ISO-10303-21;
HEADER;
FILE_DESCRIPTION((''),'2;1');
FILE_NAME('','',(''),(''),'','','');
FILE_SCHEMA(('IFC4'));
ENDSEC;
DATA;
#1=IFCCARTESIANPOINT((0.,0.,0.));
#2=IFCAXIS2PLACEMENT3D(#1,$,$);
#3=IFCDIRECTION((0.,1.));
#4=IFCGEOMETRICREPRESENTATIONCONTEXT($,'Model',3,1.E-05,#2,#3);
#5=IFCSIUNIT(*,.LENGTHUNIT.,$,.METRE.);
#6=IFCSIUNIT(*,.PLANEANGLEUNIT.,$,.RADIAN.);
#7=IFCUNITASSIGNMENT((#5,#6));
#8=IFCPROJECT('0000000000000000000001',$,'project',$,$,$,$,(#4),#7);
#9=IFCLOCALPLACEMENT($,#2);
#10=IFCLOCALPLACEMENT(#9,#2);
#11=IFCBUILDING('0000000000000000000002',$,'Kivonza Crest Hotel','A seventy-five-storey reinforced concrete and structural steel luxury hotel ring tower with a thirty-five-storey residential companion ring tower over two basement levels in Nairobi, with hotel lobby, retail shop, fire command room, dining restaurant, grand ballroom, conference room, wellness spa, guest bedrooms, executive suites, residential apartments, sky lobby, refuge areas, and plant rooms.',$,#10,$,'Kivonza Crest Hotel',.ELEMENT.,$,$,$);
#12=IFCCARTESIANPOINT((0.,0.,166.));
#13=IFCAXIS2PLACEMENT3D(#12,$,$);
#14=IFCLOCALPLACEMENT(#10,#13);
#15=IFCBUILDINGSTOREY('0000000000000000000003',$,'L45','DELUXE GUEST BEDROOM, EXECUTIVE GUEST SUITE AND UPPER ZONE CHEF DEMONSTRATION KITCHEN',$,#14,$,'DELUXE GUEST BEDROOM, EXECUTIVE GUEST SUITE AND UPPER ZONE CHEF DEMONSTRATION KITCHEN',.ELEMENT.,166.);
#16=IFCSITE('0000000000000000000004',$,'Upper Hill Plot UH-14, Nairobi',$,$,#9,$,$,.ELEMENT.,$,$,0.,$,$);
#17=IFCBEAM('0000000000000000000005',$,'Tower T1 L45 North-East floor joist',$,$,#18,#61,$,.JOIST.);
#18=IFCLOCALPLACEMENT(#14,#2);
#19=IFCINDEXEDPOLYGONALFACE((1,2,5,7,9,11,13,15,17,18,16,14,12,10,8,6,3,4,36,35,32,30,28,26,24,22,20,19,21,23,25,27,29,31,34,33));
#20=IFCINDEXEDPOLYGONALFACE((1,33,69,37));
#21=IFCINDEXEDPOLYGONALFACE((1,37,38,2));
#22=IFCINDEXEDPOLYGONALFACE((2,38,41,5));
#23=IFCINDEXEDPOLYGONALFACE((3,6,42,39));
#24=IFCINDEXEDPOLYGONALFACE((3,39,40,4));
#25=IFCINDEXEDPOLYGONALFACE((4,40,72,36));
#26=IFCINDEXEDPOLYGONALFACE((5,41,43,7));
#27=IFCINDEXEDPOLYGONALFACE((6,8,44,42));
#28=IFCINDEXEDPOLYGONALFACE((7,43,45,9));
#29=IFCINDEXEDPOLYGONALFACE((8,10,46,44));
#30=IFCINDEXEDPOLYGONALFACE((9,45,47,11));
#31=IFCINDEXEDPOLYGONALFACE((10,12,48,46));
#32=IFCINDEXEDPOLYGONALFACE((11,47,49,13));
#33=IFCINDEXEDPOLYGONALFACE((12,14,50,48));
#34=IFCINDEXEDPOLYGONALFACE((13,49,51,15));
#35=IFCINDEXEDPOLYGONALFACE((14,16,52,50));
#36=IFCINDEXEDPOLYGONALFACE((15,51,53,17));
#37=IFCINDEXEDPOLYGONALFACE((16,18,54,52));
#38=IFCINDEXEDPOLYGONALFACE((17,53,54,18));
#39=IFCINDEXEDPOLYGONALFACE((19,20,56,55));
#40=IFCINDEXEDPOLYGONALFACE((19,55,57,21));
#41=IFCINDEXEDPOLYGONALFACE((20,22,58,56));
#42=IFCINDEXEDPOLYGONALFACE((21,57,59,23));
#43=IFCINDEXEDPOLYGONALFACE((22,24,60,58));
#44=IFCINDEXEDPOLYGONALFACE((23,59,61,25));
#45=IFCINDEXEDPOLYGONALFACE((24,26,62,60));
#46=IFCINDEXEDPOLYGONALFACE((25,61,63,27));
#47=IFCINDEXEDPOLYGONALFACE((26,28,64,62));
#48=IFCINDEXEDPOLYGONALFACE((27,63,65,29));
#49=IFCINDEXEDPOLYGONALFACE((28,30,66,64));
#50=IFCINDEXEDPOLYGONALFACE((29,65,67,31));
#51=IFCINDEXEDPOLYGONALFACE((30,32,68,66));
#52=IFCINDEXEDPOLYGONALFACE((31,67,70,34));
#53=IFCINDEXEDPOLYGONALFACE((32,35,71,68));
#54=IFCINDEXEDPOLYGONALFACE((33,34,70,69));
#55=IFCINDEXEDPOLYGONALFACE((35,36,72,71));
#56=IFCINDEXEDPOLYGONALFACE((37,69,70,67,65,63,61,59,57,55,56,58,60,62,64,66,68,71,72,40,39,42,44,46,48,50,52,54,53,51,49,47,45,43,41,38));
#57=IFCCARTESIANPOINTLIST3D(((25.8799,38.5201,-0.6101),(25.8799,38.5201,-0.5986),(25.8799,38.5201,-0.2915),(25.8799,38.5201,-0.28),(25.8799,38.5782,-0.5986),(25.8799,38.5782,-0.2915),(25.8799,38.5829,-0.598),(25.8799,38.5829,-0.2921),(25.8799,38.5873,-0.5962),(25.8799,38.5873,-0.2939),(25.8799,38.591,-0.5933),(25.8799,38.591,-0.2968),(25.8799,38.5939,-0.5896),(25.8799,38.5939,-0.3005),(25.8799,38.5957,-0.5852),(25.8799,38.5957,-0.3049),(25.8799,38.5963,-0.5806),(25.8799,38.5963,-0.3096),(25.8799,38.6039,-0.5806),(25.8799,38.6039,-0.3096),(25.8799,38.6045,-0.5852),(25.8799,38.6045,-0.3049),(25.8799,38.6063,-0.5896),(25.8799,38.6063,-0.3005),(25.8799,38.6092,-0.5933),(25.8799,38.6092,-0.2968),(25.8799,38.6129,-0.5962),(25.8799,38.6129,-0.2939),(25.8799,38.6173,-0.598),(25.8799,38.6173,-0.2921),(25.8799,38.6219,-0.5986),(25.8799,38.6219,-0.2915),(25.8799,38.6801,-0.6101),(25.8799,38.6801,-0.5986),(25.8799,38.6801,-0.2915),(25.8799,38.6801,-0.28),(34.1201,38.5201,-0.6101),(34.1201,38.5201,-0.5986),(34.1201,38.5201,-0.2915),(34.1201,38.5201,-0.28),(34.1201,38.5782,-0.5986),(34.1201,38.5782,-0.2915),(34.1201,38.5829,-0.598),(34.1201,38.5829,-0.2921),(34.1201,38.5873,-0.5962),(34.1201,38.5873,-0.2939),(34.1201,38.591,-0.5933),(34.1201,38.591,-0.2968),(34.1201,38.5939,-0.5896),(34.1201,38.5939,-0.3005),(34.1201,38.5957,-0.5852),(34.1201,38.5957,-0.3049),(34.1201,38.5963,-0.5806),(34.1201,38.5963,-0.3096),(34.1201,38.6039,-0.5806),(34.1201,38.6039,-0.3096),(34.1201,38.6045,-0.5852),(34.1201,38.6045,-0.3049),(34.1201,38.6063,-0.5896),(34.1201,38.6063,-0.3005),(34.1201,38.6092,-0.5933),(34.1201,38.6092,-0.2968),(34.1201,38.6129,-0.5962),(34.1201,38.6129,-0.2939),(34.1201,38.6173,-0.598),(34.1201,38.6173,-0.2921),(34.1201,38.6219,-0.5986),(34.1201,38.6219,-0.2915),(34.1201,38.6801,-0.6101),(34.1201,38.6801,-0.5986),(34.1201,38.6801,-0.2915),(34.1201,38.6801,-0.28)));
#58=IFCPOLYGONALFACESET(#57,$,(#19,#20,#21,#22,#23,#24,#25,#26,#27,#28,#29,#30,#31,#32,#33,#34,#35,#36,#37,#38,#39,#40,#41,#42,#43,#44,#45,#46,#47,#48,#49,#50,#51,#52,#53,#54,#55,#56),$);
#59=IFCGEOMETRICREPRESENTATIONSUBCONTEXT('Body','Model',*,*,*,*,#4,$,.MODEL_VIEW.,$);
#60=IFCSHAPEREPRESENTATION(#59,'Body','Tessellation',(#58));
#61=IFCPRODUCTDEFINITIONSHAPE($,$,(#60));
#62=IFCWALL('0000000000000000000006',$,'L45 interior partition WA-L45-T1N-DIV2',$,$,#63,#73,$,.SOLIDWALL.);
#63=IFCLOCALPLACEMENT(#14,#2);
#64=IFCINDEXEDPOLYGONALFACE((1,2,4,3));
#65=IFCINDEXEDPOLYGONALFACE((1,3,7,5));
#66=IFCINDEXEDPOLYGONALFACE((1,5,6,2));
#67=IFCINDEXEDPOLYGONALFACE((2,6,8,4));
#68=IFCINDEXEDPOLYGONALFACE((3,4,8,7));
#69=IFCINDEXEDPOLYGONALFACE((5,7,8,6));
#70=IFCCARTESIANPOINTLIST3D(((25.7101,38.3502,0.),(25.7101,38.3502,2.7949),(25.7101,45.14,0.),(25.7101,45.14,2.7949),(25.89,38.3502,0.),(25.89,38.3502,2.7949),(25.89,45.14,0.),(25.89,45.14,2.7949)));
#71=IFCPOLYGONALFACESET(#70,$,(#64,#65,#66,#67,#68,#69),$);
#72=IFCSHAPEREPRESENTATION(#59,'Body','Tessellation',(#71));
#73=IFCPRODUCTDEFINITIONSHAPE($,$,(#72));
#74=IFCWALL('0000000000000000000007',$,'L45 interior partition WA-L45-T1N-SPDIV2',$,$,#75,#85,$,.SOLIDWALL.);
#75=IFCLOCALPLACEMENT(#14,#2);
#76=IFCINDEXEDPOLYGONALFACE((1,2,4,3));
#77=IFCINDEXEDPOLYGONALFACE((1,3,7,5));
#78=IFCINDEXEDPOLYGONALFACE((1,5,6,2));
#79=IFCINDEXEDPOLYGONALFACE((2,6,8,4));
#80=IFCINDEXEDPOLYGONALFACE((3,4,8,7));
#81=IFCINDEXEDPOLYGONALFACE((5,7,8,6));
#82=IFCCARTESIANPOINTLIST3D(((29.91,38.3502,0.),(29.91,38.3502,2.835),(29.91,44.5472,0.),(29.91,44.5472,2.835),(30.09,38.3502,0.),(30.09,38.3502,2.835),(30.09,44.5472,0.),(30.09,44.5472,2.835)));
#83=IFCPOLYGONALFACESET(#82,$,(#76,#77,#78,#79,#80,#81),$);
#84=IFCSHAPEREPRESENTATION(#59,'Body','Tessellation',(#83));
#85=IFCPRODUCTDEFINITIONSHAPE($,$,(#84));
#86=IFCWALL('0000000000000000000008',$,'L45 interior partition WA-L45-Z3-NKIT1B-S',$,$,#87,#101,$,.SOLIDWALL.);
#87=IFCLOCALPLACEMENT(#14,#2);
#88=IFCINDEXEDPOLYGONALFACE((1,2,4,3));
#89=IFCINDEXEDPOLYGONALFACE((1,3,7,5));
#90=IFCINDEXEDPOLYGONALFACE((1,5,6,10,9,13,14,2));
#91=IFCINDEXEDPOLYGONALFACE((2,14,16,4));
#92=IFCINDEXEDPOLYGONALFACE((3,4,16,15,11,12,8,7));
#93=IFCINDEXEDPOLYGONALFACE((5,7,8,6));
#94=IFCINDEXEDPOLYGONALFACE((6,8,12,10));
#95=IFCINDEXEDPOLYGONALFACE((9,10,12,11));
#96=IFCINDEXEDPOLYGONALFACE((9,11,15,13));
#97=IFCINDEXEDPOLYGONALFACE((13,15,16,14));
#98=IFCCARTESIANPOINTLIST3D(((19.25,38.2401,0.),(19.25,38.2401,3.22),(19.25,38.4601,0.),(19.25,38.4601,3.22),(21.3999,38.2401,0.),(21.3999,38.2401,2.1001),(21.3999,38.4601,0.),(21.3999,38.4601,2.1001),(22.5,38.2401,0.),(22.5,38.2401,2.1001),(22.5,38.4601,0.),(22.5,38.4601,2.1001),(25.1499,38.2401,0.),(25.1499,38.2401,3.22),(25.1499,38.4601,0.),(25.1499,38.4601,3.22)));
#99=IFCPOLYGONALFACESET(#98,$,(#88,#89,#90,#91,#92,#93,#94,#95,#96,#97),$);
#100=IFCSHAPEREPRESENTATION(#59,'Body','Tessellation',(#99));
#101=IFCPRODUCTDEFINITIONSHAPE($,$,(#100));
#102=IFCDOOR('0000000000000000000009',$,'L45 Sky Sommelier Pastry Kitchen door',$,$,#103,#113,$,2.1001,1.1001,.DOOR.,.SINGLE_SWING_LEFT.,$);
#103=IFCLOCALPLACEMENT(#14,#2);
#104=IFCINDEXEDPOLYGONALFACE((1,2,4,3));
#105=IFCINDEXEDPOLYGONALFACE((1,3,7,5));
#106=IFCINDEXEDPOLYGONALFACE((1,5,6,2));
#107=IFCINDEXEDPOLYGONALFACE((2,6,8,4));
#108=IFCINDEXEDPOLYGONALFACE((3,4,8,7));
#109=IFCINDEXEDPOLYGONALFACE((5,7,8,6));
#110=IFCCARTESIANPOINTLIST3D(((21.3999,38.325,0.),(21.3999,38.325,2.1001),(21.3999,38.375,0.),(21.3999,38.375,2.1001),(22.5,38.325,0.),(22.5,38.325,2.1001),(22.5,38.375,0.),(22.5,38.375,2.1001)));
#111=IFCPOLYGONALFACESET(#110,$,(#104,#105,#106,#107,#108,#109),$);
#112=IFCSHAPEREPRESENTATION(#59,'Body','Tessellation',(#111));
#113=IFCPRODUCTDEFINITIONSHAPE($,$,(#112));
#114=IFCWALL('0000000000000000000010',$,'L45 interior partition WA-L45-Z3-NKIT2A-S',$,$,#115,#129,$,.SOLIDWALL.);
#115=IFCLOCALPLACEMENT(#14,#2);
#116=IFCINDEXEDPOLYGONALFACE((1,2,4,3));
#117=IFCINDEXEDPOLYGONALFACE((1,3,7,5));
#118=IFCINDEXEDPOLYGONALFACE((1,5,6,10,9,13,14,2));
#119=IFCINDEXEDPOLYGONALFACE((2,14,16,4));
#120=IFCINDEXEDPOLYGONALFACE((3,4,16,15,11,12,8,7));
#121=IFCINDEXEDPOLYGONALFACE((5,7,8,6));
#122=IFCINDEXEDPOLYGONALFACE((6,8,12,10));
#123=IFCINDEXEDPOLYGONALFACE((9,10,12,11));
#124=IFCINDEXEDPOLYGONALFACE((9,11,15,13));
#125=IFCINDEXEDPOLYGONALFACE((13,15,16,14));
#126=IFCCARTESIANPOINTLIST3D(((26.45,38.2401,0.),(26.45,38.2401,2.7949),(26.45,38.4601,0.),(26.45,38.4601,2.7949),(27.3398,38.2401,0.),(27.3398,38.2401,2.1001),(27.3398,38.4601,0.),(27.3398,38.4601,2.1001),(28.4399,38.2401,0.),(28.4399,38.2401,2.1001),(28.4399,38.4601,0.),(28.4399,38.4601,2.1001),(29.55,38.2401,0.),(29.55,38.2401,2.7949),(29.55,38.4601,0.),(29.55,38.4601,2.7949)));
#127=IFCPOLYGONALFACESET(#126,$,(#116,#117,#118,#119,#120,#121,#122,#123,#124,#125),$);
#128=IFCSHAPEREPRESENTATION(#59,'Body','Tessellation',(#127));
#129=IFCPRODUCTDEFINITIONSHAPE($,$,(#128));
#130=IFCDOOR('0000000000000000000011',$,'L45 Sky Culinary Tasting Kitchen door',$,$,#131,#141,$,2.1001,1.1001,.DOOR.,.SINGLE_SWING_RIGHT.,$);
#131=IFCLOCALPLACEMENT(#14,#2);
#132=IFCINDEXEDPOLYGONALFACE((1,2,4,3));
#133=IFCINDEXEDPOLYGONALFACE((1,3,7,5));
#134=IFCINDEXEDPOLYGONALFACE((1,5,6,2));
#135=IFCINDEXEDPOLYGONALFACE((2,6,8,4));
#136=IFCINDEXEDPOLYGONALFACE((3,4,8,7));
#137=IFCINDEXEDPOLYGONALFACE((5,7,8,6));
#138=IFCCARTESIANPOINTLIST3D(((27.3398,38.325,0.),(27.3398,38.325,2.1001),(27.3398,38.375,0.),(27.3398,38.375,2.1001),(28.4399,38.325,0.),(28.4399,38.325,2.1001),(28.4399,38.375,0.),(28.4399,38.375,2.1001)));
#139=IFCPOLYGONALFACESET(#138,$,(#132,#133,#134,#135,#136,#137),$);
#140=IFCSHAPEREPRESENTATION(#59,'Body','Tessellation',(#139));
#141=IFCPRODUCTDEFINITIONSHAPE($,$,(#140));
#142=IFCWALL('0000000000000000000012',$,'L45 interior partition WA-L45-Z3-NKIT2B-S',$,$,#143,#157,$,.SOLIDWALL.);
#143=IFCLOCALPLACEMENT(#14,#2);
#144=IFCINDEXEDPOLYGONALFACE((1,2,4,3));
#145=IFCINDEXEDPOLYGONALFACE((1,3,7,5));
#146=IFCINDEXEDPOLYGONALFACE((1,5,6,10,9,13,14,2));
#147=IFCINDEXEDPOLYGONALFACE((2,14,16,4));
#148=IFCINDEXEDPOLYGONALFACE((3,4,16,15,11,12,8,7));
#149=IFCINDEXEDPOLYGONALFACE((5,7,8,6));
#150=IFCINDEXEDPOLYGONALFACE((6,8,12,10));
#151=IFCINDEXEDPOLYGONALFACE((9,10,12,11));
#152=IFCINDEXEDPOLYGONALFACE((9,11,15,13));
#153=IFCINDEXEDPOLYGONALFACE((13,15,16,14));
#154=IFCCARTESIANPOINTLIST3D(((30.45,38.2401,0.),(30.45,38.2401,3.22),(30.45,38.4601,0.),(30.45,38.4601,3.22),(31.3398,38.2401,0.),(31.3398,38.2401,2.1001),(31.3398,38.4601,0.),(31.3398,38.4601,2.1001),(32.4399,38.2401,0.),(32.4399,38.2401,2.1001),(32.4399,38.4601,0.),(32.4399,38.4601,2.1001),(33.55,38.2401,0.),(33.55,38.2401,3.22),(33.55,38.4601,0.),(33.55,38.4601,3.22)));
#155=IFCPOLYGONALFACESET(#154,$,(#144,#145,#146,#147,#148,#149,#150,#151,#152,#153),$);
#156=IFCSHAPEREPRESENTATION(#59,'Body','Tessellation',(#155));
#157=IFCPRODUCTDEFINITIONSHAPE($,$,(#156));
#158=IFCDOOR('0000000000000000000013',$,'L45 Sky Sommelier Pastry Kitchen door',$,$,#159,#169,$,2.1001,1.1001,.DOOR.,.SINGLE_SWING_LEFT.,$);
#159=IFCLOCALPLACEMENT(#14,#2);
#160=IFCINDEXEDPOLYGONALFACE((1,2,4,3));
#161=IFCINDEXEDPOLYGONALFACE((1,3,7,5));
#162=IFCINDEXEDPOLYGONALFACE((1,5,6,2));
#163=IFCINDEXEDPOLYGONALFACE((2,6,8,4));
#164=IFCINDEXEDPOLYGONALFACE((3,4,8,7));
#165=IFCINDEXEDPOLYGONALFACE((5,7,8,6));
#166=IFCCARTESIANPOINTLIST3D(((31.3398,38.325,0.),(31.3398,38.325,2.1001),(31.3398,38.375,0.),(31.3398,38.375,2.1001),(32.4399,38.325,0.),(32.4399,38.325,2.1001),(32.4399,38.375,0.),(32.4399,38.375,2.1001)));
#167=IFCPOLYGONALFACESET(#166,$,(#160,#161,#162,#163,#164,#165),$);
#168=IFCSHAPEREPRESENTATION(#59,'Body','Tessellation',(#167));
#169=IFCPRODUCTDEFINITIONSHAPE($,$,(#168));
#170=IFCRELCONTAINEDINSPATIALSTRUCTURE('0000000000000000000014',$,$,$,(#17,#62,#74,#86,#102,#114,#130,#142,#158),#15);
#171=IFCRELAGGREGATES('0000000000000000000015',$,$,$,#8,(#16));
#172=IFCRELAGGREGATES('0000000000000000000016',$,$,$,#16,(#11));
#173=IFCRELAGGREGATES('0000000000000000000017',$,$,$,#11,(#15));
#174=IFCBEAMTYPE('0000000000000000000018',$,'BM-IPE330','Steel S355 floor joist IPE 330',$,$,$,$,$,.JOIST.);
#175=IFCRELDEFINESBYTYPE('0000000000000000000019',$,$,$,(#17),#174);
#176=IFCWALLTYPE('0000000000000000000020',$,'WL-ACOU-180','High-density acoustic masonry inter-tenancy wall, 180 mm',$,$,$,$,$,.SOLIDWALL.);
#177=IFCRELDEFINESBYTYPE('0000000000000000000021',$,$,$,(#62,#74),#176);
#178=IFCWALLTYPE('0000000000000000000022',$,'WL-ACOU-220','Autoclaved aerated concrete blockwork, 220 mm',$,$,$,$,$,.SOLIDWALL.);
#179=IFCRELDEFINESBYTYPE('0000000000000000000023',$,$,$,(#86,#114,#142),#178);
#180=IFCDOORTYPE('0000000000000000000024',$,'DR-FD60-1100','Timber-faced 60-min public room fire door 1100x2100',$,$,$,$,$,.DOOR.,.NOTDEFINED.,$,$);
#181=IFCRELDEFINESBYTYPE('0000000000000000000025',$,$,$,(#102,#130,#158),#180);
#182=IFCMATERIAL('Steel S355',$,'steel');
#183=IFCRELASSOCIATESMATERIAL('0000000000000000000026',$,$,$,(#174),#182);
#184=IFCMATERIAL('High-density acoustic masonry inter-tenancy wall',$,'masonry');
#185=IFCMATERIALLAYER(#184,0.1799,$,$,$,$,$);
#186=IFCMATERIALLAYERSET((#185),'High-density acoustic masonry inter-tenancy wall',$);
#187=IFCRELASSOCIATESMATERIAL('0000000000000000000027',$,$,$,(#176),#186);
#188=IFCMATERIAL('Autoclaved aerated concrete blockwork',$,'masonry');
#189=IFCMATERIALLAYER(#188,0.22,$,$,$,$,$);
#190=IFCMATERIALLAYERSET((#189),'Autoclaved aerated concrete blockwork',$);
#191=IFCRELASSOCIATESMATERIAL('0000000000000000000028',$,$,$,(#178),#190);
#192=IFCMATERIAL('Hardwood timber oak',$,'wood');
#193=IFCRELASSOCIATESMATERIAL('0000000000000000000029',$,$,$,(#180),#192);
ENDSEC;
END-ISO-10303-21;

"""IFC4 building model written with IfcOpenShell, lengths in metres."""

from ifc_helpers import new_model, si_unit, direction, frame, frame_2d, origin, origin_2d, place, context, subcontext, project, spatial, rectangle, i_section, extrude, material, layer, layer_set, material_profile, profile_set, type_object, element, fill, save


model = new_model("IFC4")

# Units and contexts
model_context = context("Model", 3, precision=1e-05, world=origin(), true_north=direction((0.0, 1.0)))
body_context = subcontext(model_context, "Body", "Model", "MODEL_VIEW")
ifc_project = project(units=[si_unit("LENGTHUNIT", "METRE"), si_unit("PLANEANGLEUNIT", "RADIAN")], contexts=[model_context])

# Site, building, storey
site_placement = place(None, origin())
site = spatial("IfcSite", under=ifc_project, at=site_placement, Name="Upper Hill Plot UH-14, Nairobi", CompositionType="ELEMENT", RefElevation=0.0)
building_placement = place(site_placement, origin())
building = spatial("IfcBuilding", under=site, at=building_placement, Name="Kivonza Crest Hotel", Description="A seventy-five-storey reinforced concrete and structural steel luxury hotel ring tower with a thirty-five-storey residential companion ring tower over two basement levels in Nairobi, with hotel lobby, retail shop, fire command room, dining restaurant, grand ballroom, conference room, wellness spa, guest bedrooms, executive suites, residential apartments, sky lobby, refuge areas, and plant rooms.", LongName="Kivonza Crest Hotel", CompositionType="ELEMENT")
storey_placement = place(building_placement, frame((0.0, 0.0, 166.0)))
storey = spatial("IfcBuildingStorey", under=building, at=storey_placement, Name="L45", Description="DELUXE GUEST BEDROOM, EXECUTIVE GUEST SUITE AND UPPER ZONE CHEF DEMONSTRATION KITCHEN", LongName="DELUXE GUEST BEDROOM, EXECUTIVE GUEST SUITE AND UPPER ZONE CHEF DEMONSTRATION KITCHEN", CompositionType="ELEMENT", Elevation=166.0)

# Beam
ifc_material_1 = material(Name="Steel S355", Category="steel")
ifc_material_profile_1 = material_profile(ifc_material_1, i_section(OverallWidth=0.1599, OverallDepth=0.3301, WebThickness=0.0076, FlangeThickness=0.0115, FilletRadius=0.0181, at=origin_2d()), Name="IPE 330")
ifc_profile_set_1 = profile_set([ifc_material_profile_1], Name="Steel S355")
beam_type_1 = type_object("IfcBeamType", Name="BM-IPE330", Description="Steel S355 floor joist IPE 330", PredefinedType="JOIST", material=ifc_profile_set_1)
beam_1_placement = place(storey_placement, frame((25.8799, 38.6001, -0.4451), z_axis=(1.0, 0.0, 0.0), x_axis=(0.0, 1.0, 0.0)))
element("IfcBeam", 1, at=beam_1_placement, inside=storey, type_object=beam_type_1, Name="Tower T1 L45 North-East floor joist", PredefinedType="JOIST", context=body_context, shape_type="SweptSolid", body=[
    extrude(i_section(OverallWidth=0.1599, OverallDepth=0.3301, WebThickness=0.0076, FlangeThickness=0.0115, FilletRadius=0.0181, at=origin_2d()), origin(), (0.0, 0.0, 1.0), 8.2402),
])

# Walls
ifc_material_2 = material(Name="High-density acoustic masonry inter-tenancy wall", Category="masonry")
ifc_layer_1 = layer(ifc_material_2, 0.1799)
ifc_layer_set_1 = layer_set([ifc_layer_1], Name="High-density acoustic masonry inter-tenancy wall")
wall_type_1 = type_object("IfcWallType", Name="WL-ACOU-180", Description="High-density acoustic masonry inter-tenancy wall, 180 mm", PredefinedType="SOLIDWALL", material=ifc_layer_set_1)
wall_1_placement = place(storey_placement, frame((25.8, 38.3501, 0.0), z_axis=(0.0, 0.0, 1.0), x_axis=(0.0, 1.0, 0.0)))
element("IfcWall", 2, at=wall_1_placement, inside=storey, type_object=wall_type_1, Name="L45 interior partition WA-L45-T1N-DIV2", PredefinedType="SOLIDWALL", context=body_context, shape_type="SweptSolid", body=[
    extrude(rectangle(XDim=6.7898, YDim=0.1799, at=frame_2d((3.395, 0.0))), origin(), (0.0, 0.0, 1.0), 2.7949),
])
wall_2_placement = place(storey_placement, frame((30.0, 38.3501, 0.0), z_axis=(0.0, 0.0, 1.0), x_axis=(0.0, 1.0, 0.0)))
element("IfcWall", 3, at=wall_2_placement, inside=storey, type_object=wall_type_1, Name="L45 interior partition WA-L45-T1N-SPDIV2", PredefinedType="SOLIDWALL", context=body_context, shape_type="SweptSolid", body=[
    extrude(rectangle(XDim=6.197, YDim=0.1799, at=frame_2d((3.0986, 0.0))), origin(), (0.0, 0.0, 1.0), 2.835),
])

# Walls, openings, doors
ifc_material_3 = material(Name="Autoclaved aerated concrete blockwork", Category="masonry")
ifc_layer_2 = layer(ifc_material_3, 0.22)
ifc_layer_set_2 = layer_set([ifc_layer_2], Name="Autoclaved aerated concrete blockwork")
wall_type_2 = type_object("IfcWallType", Name="WL-ACOU-220", Description="Autoclaved aerated concrete blockwork, 220 mm", PredefinedType="SOLIDWALL", material=ifc_layer_set_2)
wall_3_placement = place(storey_placement, frame((19.25, 38.3501, 0.0), z_axis=(0.0, 0.0, 1.0), x_axis=(1.0, 0.0, 0.0)))
wall_3 = element("IfcWall", 4, at=wall_3_placement, inside=storey, type_object=wall_type_2, Name="L45 interior partition WA-L45-Z3-NKIT1B-S", PredefinedType="SOLIDWALL", context=body_context, shape_type="SweptSolid", body=[
    extrude(rectangle(XDim=5.8999, YDim=0.22, at=frame_2d((2.95, 0.0))), origin(), (0.0, 0.0, 1.0), 3.22),
])
opening_1_placement = place(wall_3_placement, frame((2.1499, 0.0, 0.0)))
opening_1 = element("IfcOpeningElement", 5, at=opening_1_placement, cuts=wall_3, PredefinedType="OPENING", context=body_context, shape_type="SweptSolid", body=[
    extrude(rectangle(XDim=1.1001, YDim=2.1001, at=frame_2d((0.55, 1.05))), frame((0.0, 0.1201, 0.0), z_axis=(0.0, -1.0, 0.0), x_axis=(1.0, 0.0, 0.0)), (0.0, 0.0, 1.0), 0.24),
])
ifc_material_4 = material(Name="Hardwood timber oak", Category="wood")
door_type_1 = type_object("IfcDoorType", Name="DR-FD60-1100", Description="Timber-faced 60-min public room fire door 1100x2100", OperationType="NOTDEFINED", PredefinedType="DOOR", material=ifc_material_4)
door_1_placement = place(opening_1_placement, origin())
door_1 = element("IfcDoor", 6, at=door_1_placement, inside=storey, type_object=door_type_1, Name="L45 Sky Sommelier Pastry Kitchen door", OperationType="SINGLE_SWING_LEFT", OverallHeight=2.1001, OverallWidth=1.1001, PredefinedType="DOOR", context=body_context, shape_type="SweptSolid", body=[
    extrude(rectangle(XDim=1.1001, YDim=2.1001, at=frame_2d((0.55, 1.05))), frame((0.0, 0.0249, 0.0), z_axis=(0.0, -1.0, 0.0), x_axis=(1.0, 0.0, 0.0)), (0.0, 0.0, 1.0), 0.05),
])
fill(opening_1, door_1)
wall_4_placement = place(storey_placement, frame((26.45, 38.3501, 0.0), z_axis=(0.0, 0.0, 1.0), x_axis=(1.0, 0.0, 0.0)))
wall_4 = element("IfcWall", 7, at=wall_4_placement, inside=storey, type_object=wall_type_2, Name="L45 interior partition WA-L45-Z3-NKIT2A-S", PredefinedType="SOLIDWALL", context=body_context, shape_type="SweptSolid", body=[
    extrude(rectangle(XDim=3.1001, YDim=0.22, at=frame_2d((1.55, 0.0))), origin(), (0.0, 0.0, 1.0), 2.7949),
])
opening_2_placement = place(wall_4_placement, frame((0.8899, 0.0, 0.0)))
opening_2 = element("IfcOpeningElement", 8, at=opening_2_placement, cuts=wall_4, PredefinedType="OPENING", context=body_context, shape_type="SweptSolid", body=[
    extrude(rectangle(XDim=1.1001, YDim=2.1001, at=frame_2d((0.55, 1.05))), frame((0.0, 0.1201, 0.0), z_axis=(0.0, -1.0, 0.0), x_axis=(1.0, 0.0, 0.0)), (0.0, 0.0, 1.0), 0.24),
])
door_2_placement = place(opening_2_placement, origin())
door_2 = element("IfcDoor", 9, at=door_2_placement, inside=storey, type_object=door_type_1, Name="L45 Sky Culinary Tasting Kitchen door", OperationType="SINGLE_SWING_RIGHT", OverallHeight=2.1001, OverallWidth=1.1001, PredefinedType="DOOR", context=body_context, shape_type="SweptSolid", body=[
    extrude(rectangle(XDim=1.1001, YDim=2.1001, at=frame_2d((0.55, 1.05))), frame((0.0, 0.0249, 0.0), z_axis=(0.0, -1.0, 0.0), x_axis=(1.0, 0.0, 0.0)), (0.0, 0.0, 1.0), 0.05),
])
fill(opening_2, door_2)
wall_5_placement = place(storey_placement, frame((30.45, 38.3501, 0.0), z_axis=(0.0, 0.0, 1.0), x_axis=(1.0, 0.0, 0.0)))
wall_5 = element("IfcWall", 10, at=wall_5_placement, inside=storey, type_object=wall_type_2, Name="L45 interior partition WA-L45-Z3-NKIT2B-S", PredefinedType="SOLIDWALL", context=body_context, shape_type="SweptSolid", body=[
    extrude(rectangle(XDim=3.1001, YDim=0.22, at=frame_2d((1.55, 0.0))), origin(), (0.0, 0.0, 1.0), 3.22),
])
opening_3_placement = place(wall_5_placement, frame((0.8899, 0.0, 0.0)))
opening_3 = element("IfcOpeningElement", 11, at=opening_3_placement, cuts=wall_5, PredefinedType="OPENING", context=body_context, shape_type="SweptSolid", body=[
    extrude(rectangle(XDim=1.1001, YDim=2.1001, at=frame_2d((0.55, 1.05))), frame((0.0, 0.1201, 0.0), z_axis=(0.0, -1.0, 0.0), x_axis=(1.0, 0.0, 0.0)), (0.0, 0.0, 1.0), 0.24),
])
door_3_placement = place(opening_3_placement, origin())
door_3 = element("IfcDoor", 12, at=door_3_placement, inside=storey, type_object=door_type_1, Name="L45 Sky Sommelier Pastry Kitchen door", OperationType="SINGLE_SWING_LEFT", OverallHeight=2.1001, OverallWidth=1.1001, PredefinedType="DOOR", context=body_context, shape_type="SweptSolid", body=[
    extrude(rectangle(XDim=1.1001, YDim=2.1001, at=frame_2d((0.55, 1.05))), frame((0.0, 0.0249, 0.0), z_axis=(0.0, -1.0, 0.0), x_axis=(1.0, 0.0, 0.0)), (0.0, 0.0, 1.0), 0.05),
])
fill(opening_3, door_3)

save(model, "model.ifc")
